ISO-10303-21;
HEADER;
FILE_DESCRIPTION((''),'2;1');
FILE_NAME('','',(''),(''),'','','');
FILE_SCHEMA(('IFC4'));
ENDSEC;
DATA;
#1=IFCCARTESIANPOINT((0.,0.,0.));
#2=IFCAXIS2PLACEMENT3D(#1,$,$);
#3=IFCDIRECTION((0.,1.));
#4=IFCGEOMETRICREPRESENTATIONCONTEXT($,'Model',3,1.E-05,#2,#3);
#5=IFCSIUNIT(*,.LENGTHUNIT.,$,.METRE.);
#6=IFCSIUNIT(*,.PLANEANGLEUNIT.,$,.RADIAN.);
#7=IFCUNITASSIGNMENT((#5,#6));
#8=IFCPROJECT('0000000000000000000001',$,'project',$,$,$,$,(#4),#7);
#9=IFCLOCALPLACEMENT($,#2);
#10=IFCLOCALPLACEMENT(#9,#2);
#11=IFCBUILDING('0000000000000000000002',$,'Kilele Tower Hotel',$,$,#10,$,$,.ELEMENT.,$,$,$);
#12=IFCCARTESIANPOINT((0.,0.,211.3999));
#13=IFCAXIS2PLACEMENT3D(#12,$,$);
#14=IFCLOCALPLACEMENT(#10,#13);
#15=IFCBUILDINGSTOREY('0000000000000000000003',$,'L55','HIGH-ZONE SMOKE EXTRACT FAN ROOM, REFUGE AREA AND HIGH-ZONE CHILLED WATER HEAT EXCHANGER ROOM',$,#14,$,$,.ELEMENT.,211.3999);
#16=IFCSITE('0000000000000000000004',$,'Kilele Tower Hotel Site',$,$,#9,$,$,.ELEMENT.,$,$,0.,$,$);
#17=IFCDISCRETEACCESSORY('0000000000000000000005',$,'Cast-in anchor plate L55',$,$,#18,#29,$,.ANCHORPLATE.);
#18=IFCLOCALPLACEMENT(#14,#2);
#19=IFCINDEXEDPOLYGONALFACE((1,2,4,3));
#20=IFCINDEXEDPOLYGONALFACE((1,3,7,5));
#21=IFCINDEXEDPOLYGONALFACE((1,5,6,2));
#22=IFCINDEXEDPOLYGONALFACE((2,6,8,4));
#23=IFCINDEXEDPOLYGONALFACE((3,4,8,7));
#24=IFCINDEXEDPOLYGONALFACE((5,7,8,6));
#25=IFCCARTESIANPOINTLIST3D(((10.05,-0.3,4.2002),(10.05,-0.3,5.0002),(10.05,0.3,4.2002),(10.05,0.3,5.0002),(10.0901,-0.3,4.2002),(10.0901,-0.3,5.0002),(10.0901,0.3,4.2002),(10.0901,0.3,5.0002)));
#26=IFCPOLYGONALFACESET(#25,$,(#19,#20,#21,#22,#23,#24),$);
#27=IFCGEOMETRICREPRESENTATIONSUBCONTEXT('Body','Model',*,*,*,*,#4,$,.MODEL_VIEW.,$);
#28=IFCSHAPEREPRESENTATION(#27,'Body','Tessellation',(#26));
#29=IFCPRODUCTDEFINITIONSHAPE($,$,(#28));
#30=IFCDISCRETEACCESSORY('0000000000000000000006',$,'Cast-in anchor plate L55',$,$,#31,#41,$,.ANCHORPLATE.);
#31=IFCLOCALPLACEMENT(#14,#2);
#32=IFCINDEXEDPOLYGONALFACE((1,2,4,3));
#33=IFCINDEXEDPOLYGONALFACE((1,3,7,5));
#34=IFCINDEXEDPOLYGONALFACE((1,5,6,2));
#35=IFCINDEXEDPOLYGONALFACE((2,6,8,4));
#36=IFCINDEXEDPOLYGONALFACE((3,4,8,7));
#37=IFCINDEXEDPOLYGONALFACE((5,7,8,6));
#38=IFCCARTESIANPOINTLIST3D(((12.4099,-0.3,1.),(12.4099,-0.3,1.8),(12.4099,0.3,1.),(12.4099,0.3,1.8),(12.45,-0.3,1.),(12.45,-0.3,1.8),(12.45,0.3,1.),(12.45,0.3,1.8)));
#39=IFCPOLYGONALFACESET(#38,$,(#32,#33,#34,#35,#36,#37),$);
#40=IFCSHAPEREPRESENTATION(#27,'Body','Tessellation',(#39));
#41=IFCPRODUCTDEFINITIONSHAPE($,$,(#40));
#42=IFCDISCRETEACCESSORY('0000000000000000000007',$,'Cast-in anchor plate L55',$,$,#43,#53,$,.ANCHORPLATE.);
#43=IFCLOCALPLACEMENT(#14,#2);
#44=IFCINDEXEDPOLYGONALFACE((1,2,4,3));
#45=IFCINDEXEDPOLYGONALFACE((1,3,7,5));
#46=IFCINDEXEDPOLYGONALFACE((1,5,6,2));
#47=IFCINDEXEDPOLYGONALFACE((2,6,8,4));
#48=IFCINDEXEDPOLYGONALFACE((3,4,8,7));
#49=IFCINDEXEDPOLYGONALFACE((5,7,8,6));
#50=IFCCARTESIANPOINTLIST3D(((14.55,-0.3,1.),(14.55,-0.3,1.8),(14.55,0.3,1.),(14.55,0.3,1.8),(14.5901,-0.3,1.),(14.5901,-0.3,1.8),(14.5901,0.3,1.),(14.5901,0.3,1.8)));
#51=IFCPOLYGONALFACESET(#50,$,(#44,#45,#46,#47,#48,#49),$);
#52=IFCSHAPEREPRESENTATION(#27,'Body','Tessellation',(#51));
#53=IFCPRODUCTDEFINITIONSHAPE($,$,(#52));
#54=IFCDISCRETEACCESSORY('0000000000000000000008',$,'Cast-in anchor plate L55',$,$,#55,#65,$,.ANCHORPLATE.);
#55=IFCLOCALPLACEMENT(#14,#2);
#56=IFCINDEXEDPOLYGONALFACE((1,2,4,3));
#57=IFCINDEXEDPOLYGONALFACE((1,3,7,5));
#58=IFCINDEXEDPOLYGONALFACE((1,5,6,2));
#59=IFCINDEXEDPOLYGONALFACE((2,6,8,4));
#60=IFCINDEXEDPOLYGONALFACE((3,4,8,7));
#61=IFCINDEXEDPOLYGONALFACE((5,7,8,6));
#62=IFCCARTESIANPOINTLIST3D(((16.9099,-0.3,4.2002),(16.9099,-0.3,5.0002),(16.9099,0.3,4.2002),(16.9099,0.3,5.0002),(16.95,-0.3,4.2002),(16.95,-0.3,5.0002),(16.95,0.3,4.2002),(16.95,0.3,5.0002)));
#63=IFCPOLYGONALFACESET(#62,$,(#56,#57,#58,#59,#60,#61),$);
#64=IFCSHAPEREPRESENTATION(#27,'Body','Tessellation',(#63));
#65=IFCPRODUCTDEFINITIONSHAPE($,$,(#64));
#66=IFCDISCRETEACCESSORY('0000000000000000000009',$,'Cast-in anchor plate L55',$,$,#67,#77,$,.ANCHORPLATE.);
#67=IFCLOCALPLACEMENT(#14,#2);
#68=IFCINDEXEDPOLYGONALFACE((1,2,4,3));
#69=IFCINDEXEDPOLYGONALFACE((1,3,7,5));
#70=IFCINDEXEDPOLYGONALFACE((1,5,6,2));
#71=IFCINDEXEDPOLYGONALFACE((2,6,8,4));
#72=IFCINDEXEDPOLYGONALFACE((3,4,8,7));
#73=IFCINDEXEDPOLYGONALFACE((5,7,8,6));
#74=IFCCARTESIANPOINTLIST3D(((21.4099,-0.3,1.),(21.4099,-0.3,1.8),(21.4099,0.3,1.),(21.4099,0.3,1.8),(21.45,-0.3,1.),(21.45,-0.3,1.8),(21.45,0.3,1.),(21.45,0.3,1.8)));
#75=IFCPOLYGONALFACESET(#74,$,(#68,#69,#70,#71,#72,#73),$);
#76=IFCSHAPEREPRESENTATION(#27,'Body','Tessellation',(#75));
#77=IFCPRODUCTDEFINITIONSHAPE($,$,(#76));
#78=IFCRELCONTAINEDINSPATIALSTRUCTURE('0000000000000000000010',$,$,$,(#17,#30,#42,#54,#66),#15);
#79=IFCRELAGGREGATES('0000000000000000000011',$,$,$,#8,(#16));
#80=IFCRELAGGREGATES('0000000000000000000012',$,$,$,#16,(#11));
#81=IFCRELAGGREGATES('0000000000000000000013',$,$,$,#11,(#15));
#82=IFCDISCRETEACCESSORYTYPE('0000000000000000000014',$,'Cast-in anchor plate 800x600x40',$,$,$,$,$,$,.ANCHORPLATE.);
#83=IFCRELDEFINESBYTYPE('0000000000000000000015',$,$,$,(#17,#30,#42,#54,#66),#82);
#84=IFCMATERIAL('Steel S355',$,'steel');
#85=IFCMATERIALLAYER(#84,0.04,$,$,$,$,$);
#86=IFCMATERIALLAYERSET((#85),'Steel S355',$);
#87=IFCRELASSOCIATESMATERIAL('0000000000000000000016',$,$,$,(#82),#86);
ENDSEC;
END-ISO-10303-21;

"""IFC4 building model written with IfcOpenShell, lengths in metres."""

from ifc_helpers import new_model, si_unit, direction, frame, origin, place, context, subcontext, project, spatial, polyline, outline, extrude, source, transform, mapped, material, layer, layer_set, type_object, element, save


model = new_model("IFC4")

# Units and contexts
model_context = context("Model", 3, precision=1e-05, world=origin(), true_north=direction((0.0, 1.0)))
body_context = subcontext(model_context, "Body", "Model", "MODEL_VIEW")
ifc_project = project(units=[si_unit("LENGTHUNIT", "METRE"), si_unit("PLANEANGLEUNIT", "RADIAN")], contexts=[model_context])

# Site, building, storey
site_placement = place(None, origin())
site = spatial("IfcSite", under=ifc_project, at=site_placement, Name="Kilele Tower Hotel Site", CompositionType="ELEMENT", RefElevation=0.0)
building_placement = place(site_placement, origin())
building = spatial("IfcBuilding", under=site, at=building_placement, Name="Kilele Tower Hotel", CompositionType="ELEMENT")
storey_placement = place(building_placement, frame((0.0, 0.0, 211.3999)))
storey = spatial("IfcBuildingStorey", under=building, at=storey_placement, Name="L55", Description="HIGH-ZONE SMOKE EXTRACT FAN ROOM, REFUGE AREA AND HIGH-ZONE CHILLED WATER HEAT EXCHANGER ROOM", CompositionType="ELEMENT", Elevation=211.3999)

# Discrete accessories
ifc_material_1 = material(Name="Steel S355", Category="steel")
ifc_layer_1 = layer(ifc_material_1, 0.04)
ifc_layer_set_1 = layer_set([ifc_layer_1], Name="Steel S355")
discrete_accessory_type_1 = type_object("IfcDiscreteAccessoryType", Name="Cast-in anchor plate 800x600x40", PredefinedType="ANCHORPLATE", material=ifc_layer_set_1)
shared_shape_1 = source(origin(), body_context, "Body", "SweptSolid", [
    extrude(outline(polyline([(0.0, 0.0), (0.04, 0.0), (0.04, 0.8), (0.0, 0.8), (0.0, 0.0)])), origin(), (0.0, 0.0, 1.0), 0.6001),
])
for number, where, z_axis, x_axis, name in (
    (1, (10.05, 0.3, 4.2002), (0.0, -1.0, 0.0), (1.0, 0.0, 0.0), "Cast-in anchor plate L55"),
    (2, (12.45, -0.3, 1.0), (0.0, 1.0, 0.0), (-1.0, 0.0, 0.0), "Cast-in anchor plate L55"),
    (3, (14.55, 0.3, 1.0), (0.0, -1.0, 0.0), (1.0, 0.0, 0.0), "Cast-in anchor plate L55"),
    (4, (16.95, -0.3, 4.2002), (0.0, 1.0, 0.0), (-1.0, 0.0, 0.0), "Cast-in anchor plate L55"),
    (5, (21.45, -0.3, 1.0), (0.0, 1.0, 0.0), (-1.0, 0.0, 0.0), "Cast-in anchor plate L55"),
):
    element("IfcDiscreteAccessory", number, at=place(storey_placement, frame(where, z_axis=z_axis, x_axis=x_axis)), inside=storey, type_object=discrete_accessory_type_1, Name=name, PredefinedType="ANCHORPLATE", context=body_context, shape_type="MappedRepresentation", body=[
        mapped(shared_shape_1, transform((0.0, 0.0, 0.0))),
    ])

save(model, "model.ifc")
